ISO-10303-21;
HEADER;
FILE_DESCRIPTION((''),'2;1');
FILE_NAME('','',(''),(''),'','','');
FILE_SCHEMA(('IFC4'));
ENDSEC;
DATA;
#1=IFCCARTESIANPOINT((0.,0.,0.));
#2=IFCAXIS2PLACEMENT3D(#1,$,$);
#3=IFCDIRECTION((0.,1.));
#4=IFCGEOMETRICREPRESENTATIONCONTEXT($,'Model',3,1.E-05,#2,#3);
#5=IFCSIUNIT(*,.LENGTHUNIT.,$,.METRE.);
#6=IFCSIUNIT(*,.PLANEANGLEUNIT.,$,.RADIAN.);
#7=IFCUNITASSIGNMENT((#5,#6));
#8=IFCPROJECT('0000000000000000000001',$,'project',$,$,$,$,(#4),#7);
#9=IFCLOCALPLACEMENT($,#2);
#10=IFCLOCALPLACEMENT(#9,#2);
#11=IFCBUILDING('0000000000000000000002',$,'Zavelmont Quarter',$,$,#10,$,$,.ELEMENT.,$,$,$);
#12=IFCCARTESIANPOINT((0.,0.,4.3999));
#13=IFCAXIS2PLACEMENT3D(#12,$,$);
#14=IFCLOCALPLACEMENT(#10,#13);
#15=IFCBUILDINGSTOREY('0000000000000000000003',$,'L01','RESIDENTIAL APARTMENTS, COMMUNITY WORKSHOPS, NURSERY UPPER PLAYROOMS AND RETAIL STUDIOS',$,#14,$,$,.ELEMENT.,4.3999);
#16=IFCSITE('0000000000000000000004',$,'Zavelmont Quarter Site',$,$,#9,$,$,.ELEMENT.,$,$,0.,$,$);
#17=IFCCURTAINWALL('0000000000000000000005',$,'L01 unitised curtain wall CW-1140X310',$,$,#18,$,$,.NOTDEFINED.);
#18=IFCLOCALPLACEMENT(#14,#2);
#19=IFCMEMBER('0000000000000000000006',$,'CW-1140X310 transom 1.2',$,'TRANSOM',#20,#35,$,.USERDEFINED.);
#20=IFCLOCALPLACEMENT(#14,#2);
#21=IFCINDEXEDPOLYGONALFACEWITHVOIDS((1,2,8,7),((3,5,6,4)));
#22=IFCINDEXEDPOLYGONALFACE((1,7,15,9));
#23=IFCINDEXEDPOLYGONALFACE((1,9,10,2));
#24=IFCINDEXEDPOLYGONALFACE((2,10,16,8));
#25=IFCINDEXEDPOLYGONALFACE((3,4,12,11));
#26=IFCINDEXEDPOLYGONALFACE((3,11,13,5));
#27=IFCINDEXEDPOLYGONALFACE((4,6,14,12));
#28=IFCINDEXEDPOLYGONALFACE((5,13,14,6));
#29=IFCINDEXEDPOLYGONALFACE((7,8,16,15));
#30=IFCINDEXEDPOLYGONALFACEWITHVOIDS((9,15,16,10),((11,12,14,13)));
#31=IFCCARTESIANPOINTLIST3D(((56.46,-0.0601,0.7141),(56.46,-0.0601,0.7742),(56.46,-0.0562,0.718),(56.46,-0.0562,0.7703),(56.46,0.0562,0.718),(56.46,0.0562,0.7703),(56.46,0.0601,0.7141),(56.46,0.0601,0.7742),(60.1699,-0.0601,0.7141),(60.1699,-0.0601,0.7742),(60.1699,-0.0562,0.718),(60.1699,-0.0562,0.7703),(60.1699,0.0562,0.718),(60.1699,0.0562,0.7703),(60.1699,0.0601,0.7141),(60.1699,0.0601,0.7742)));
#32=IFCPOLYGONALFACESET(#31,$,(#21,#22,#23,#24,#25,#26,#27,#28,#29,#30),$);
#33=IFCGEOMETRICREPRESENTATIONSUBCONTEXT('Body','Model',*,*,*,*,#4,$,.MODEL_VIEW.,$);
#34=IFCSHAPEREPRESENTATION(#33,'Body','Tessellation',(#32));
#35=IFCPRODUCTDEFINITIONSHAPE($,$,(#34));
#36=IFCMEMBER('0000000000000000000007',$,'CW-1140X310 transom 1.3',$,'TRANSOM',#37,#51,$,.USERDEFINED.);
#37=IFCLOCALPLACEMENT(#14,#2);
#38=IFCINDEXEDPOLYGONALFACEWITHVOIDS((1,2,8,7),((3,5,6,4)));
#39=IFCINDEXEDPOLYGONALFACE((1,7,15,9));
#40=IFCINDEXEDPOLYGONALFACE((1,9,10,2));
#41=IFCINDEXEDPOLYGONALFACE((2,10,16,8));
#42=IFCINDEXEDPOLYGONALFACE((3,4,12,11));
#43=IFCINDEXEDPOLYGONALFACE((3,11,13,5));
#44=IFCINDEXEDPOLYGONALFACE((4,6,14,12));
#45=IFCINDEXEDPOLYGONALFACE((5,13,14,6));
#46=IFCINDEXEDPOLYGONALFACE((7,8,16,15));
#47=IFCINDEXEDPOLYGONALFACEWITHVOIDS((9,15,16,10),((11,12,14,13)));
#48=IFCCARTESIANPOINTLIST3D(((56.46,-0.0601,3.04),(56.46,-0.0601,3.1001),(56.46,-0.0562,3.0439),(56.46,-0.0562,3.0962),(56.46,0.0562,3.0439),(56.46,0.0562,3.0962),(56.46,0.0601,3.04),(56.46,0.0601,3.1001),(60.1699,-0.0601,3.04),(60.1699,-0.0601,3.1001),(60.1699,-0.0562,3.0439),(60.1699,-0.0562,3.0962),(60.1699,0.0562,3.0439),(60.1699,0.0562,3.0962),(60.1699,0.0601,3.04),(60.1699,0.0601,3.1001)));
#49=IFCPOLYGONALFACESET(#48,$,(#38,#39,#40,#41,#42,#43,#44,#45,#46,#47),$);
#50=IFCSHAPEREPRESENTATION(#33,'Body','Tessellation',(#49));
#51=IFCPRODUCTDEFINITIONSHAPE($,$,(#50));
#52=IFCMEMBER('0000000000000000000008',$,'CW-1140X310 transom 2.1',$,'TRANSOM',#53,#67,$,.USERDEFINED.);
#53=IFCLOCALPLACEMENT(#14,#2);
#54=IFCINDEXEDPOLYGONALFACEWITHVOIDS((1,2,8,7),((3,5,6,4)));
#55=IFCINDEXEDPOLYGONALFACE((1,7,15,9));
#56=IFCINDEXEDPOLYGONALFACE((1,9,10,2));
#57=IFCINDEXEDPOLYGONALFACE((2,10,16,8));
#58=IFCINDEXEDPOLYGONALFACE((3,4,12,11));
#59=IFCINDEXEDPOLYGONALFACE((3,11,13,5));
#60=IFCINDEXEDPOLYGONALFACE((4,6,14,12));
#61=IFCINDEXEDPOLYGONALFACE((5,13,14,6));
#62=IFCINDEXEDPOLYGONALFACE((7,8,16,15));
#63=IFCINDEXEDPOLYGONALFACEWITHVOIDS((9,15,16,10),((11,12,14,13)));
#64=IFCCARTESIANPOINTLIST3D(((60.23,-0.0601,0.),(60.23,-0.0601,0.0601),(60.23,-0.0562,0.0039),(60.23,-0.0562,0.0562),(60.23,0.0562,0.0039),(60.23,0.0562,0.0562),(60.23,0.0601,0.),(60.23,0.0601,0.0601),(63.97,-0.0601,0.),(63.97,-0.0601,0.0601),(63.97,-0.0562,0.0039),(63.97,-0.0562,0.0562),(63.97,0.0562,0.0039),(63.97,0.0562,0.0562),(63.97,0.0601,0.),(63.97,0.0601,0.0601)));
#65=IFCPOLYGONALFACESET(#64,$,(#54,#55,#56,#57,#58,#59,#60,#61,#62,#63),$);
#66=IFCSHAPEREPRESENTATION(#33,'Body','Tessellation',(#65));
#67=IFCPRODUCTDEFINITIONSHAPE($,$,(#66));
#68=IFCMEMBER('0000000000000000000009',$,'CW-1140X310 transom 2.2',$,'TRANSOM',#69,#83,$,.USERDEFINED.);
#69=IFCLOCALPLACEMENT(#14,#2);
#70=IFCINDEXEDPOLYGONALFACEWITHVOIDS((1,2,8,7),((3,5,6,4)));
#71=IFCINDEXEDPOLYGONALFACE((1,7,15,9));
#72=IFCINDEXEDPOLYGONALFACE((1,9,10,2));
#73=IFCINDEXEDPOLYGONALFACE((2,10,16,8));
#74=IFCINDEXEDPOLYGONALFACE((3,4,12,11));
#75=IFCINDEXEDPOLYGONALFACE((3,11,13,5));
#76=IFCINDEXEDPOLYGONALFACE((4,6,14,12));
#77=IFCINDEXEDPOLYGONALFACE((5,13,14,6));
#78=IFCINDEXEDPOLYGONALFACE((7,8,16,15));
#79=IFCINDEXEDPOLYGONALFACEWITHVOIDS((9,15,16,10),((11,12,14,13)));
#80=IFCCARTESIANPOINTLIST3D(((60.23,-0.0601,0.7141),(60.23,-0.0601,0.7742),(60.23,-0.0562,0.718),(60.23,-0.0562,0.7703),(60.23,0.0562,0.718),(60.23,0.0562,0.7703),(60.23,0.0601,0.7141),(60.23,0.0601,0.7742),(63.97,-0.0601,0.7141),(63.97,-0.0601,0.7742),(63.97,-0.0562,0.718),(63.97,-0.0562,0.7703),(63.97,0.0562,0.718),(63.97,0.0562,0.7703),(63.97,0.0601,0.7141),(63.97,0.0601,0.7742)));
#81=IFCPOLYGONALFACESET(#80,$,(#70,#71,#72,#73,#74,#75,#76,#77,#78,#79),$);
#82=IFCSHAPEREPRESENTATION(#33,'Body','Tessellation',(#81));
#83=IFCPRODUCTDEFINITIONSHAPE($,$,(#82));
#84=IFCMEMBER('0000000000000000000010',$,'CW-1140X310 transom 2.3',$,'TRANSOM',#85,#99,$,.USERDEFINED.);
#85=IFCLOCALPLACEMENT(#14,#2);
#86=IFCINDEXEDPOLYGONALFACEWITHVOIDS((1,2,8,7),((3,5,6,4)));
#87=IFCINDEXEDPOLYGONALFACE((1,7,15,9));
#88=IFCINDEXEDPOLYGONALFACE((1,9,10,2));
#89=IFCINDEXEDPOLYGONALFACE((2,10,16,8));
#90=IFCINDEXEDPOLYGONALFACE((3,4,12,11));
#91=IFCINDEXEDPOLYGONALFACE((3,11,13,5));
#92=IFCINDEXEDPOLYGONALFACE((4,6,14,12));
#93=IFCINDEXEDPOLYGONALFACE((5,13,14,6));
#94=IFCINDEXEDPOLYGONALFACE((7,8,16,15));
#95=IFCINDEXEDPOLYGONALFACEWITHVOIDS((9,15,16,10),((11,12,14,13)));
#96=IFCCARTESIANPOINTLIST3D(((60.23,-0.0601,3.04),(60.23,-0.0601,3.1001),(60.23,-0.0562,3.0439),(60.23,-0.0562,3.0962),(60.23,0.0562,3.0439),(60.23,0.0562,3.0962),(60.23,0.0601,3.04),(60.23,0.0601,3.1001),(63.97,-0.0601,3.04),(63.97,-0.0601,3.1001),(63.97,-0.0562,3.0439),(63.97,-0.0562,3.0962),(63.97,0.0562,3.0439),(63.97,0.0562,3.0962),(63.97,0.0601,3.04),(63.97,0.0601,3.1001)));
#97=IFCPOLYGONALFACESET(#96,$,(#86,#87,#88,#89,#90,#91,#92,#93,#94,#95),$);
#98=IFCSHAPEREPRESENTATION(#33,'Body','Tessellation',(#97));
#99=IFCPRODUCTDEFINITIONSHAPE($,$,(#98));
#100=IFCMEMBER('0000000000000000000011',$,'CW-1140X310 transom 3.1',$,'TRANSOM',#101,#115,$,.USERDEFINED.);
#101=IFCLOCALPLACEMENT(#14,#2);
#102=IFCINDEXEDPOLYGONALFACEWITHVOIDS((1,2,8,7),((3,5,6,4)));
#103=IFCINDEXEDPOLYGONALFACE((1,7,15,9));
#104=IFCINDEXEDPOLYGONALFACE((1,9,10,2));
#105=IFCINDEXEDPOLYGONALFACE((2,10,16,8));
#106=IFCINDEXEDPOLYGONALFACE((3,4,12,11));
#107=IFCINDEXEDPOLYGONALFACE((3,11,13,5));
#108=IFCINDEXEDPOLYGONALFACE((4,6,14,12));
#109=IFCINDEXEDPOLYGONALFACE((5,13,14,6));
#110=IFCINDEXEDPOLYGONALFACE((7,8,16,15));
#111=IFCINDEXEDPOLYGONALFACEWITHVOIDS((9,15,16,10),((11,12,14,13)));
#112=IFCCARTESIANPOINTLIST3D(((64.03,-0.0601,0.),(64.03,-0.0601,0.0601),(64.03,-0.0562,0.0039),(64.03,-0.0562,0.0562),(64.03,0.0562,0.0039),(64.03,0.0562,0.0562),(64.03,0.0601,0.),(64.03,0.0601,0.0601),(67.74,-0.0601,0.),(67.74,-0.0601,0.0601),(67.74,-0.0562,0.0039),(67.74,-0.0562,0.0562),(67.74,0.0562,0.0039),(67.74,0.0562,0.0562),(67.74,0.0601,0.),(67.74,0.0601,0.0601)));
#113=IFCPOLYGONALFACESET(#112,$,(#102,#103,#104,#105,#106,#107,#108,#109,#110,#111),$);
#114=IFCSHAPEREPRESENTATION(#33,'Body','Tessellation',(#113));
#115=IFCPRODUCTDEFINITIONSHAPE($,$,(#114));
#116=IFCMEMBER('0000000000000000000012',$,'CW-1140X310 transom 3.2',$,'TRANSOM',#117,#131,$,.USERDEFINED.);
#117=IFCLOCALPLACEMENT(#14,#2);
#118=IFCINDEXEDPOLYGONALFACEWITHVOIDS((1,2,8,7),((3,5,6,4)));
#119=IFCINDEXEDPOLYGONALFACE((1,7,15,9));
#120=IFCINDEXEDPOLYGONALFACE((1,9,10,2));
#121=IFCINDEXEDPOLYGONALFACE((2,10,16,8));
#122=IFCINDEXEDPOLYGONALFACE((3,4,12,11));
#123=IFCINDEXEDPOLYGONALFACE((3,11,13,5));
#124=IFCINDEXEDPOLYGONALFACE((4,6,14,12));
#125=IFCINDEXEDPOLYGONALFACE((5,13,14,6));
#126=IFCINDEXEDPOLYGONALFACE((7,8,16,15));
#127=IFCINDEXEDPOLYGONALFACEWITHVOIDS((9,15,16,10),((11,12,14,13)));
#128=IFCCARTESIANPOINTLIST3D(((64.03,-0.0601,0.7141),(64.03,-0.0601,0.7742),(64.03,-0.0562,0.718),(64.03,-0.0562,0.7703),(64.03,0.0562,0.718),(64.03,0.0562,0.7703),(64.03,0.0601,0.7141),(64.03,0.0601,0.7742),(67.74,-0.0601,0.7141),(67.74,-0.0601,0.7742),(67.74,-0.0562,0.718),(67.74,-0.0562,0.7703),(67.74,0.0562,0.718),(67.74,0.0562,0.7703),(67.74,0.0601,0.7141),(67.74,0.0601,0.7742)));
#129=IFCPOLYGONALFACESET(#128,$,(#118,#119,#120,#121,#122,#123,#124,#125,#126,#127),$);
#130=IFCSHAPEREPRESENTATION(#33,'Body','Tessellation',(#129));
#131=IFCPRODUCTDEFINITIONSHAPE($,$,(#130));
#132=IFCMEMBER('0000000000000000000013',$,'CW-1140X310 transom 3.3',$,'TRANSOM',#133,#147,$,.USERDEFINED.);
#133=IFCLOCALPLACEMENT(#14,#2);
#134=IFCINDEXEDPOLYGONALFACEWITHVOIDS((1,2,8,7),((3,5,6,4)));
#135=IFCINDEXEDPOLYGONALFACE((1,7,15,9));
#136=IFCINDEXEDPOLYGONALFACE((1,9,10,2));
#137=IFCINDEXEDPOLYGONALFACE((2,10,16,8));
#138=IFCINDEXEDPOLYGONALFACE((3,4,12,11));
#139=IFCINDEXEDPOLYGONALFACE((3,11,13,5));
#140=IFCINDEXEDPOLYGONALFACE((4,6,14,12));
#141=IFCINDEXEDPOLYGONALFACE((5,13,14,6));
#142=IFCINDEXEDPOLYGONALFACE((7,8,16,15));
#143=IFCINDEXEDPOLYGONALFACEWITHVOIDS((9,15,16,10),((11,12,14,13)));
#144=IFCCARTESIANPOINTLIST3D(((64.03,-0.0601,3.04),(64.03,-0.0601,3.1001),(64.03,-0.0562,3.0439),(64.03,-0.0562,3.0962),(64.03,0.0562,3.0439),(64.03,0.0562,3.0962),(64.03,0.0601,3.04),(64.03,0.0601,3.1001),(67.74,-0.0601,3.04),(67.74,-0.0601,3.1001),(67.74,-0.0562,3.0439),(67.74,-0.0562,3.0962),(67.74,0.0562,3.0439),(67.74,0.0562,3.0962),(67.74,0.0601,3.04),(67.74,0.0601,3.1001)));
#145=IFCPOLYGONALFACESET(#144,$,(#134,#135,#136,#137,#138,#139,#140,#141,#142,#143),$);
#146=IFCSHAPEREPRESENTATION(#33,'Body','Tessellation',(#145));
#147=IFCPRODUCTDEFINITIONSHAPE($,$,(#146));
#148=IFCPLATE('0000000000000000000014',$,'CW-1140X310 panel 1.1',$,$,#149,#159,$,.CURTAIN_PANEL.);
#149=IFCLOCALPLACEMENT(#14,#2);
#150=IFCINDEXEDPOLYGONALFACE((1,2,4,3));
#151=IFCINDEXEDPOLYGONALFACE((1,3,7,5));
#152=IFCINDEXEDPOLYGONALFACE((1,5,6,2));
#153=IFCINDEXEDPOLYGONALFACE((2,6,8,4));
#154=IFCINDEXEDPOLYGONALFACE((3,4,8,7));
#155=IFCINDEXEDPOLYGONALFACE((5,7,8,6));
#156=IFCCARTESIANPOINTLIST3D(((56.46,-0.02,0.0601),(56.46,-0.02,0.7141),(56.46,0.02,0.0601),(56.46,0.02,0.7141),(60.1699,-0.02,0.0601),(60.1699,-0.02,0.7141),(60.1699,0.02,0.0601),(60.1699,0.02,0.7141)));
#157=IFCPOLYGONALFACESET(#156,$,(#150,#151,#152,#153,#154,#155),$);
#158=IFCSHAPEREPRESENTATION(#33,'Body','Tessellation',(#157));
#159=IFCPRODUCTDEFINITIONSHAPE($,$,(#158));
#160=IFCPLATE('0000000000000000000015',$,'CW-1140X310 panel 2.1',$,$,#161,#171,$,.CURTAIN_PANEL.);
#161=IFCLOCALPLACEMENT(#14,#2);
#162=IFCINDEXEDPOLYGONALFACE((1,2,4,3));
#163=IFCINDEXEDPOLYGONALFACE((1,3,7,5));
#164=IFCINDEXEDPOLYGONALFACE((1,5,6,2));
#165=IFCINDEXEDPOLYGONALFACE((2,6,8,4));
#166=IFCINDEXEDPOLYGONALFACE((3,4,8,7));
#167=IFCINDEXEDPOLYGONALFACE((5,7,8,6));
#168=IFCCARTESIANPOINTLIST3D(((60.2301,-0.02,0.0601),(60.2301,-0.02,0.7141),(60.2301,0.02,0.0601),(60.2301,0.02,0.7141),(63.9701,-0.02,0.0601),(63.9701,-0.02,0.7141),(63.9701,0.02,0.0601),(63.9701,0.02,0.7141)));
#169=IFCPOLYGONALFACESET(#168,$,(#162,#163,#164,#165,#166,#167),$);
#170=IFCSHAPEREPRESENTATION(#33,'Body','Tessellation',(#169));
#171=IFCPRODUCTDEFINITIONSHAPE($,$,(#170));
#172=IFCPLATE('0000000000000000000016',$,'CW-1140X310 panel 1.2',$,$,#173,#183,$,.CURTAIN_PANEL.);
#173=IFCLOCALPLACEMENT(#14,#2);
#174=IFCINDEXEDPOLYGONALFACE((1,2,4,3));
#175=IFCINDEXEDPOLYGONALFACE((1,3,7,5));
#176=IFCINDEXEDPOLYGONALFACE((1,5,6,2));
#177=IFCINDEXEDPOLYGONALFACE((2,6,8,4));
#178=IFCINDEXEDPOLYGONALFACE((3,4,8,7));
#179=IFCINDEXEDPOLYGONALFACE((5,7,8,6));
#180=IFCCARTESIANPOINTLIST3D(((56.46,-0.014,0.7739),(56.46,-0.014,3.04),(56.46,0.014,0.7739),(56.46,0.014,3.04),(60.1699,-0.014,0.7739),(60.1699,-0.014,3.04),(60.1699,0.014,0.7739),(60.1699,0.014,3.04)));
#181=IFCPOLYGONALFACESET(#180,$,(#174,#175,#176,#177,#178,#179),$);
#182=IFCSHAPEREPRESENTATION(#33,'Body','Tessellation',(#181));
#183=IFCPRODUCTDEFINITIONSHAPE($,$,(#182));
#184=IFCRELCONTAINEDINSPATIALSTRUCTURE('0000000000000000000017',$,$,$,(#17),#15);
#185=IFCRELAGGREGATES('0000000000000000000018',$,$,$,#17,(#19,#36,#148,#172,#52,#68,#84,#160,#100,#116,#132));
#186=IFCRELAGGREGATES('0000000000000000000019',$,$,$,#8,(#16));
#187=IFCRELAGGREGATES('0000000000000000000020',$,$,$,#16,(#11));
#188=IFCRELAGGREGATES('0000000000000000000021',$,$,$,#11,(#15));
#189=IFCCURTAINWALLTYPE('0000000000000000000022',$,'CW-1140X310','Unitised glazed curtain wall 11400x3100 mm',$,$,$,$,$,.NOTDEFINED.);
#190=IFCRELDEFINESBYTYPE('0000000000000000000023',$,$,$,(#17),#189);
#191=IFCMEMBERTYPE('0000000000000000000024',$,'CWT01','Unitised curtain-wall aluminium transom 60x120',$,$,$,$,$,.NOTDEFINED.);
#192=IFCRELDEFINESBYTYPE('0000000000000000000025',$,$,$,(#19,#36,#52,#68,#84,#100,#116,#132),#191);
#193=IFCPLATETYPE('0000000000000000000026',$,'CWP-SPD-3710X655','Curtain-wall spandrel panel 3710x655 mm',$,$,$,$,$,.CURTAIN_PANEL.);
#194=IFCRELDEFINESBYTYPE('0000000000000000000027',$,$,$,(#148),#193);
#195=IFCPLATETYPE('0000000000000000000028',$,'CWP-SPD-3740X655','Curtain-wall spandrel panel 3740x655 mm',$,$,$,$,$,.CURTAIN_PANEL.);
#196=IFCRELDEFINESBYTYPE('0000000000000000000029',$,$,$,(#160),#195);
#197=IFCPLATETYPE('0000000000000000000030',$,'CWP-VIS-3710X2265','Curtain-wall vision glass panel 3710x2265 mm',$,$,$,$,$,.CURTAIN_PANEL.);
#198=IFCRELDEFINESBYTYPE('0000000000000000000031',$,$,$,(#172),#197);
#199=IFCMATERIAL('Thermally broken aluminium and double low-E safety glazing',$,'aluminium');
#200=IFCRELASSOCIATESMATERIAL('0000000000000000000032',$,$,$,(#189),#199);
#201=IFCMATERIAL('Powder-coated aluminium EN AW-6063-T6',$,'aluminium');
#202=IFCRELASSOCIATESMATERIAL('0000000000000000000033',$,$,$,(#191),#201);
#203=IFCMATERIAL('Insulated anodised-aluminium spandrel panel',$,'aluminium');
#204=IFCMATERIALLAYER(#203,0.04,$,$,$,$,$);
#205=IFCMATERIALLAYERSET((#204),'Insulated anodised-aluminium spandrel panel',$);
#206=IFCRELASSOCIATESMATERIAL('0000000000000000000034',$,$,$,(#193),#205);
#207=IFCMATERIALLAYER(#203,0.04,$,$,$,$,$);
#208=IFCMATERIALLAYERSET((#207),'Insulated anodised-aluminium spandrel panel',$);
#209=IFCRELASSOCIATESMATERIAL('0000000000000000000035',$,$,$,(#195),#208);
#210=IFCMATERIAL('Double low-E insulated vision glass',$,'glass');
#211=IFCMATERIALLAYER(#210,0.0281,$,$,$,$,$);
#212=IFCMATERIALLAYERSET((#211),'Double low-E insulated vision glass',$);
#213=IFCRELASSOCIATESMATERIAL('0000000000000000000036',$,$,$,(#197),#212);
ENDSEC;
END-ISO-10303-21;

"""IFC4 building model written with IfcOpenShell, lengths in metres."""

from ifc_helpers import new_model, si_unit, direction, frame, origin, origin_2d, place, context, subcontext, project, spatial, rectangle, hollow_rectangle, extrude, material, layer, layer_set, material_profile, profile_set, type_object, element, aggregate, save


model = new_model("IFC4")

# Units and contexts
model_context = context("Model", 3, precision=1e-05, world=origin(), true_north=direction((0.0, 1.0)))
body_context = subcontext(model_context, "Body", "Model", "MODEL_VIEW")
ifc_project = project(units=[si_unit("LENGTHUNIT", "METRE"), si_unit("PLANEANGLEUNIT", "RADIAN")], contexts=[model_context])

# Site, building, storey
site_placement = place(None, origin())
site = spatial("IfcSite", under=ifc_project, at=site_placement, Name="Zavelmont Quarter Site", CompositionType="ELEMENT", RefElevation=0.0)
building_placement = place(site_placement, origin())
building = spatial("IfcBuilding", under=site, at=building_placement, Name="Zavelmont Quarter", CompositionType="ELEMENT")
storey_placement = place(building_placement, frame((0.0, 0.0, 4.3999)))
storey = spatial("IfcBuildingStorey", under=building, at=storey_placement, Name="L01", Description="RESIDENTIAL APARTMENTS, COMMUNITY WORKSHOPS, NURSERY UPPER PLAYROOMS AND RETAIL STUDIOS", CompositionType="ELEMENT", Elevation=4.3999)

# Curtain wall, members, plates
ifc_material_1 = material(Name="Thermally broken aluminium and double low-E safety glazing", Category="aluminium")
curtain_wall_type = type_object("IfcCurtainWallType", Name="CW-1140X310", Description="Unitised glazed curtain wall 11400x3100 mm", PredefinedType="NOTDEFINED", material=ifc_material_1)
curtain_wall_placement = place(storey_placement, origin())
curtain_wall = element("IfcCurtainWall", 1, at=curtain_wall_placement, inside=storey, type_object=curtain_wall_type, Name="L01 unitised curtain wall CW-1140X310", PredefinedType="NOTDEFINED")
ifc_material_2 = material(Name="Powder-coated aluminium EN AW-6063-T6", Category="aluminium")
ifc_material_profile_1 = material_profile(ifc_material_2, hollow_rectangle(XDim=0.1201, YDim=0.0601, WallThickness=0.0039, at=origin_2d()), Name="CWT60X120")
ifc_profile_set_1 = profile_set([ifc_material_profile_1], Name="Powder-coated aluminium EN AW-6063-T6")
member_type_1 = type_object("IfcMemberType", Name="CWT01", Description="Unitised curtain-wall aluminium transom 60x120", PredefinedType="NOTDEFINED", material=ifc_profile_set_1)
member_1_placement = place(storey_placement, frame((56.46, 0.0, 0.7441), z_axis=(1.0, 0.0, 0.0), x_axis=(0.0, 1.0, 0.0)))
member_1 = element("IfcMember", 2, at=member_1_placement, type_object=member_type_1, Name="CW-1140X310 transom 1.2", ObjectType="TRANSOM", PredefinedType="USERDEFINED", context=body_context, shape_type="SweptSolid", body=[
    extrude(hollow_rectangle(XDim=0.1201, YDim=0.0601, WallThickness=0.0039, at=origin_2d()), origin(), (0.0, 0.0, 1.0), 3.71),
])
member_2_placement = place(storey_placement, frame((56.46, 0.0, 3.0701), z_axis=(1.0, 0.0, 0.0), x_axis=(0.0, 1.0, 0.0)))
member_2 = element("IfcMember", 3, at=member_2_placement, type_object=member_type_1, Name="CW-1140X310 transom 1.3", ObjectType="TRANSOM", PredefinedType="USERDEFINED", context=body_context, shape_type="SweptSolid", body=[
    extrude(hollow_rectangle(XDim=0.1201, YDim=0.0601, WallThickness=0.0039, at=origin_2d()), origin(), (0.0, 0.0, 1.0), 3.71),
])
member_3_placement = place(storey_placement, frame((60.23, 0.0, 0.03), z_axis=(1.0, 0.0, 0.0), x_axis=(0.0, 1.0, 0.0)))
member_3 = element("IfcMember", 4, at=member_3_placement, type_object=member_type_1, Name="CW-1140X310 transom 2.1", ObjectType="TRANSOM", PredefinedType="USERDEFINED", context=body_context, shape_type="SweptSolid", body=[
    extrude(hollow_rectangle(XDim=0.1201, YDim=0.0601, WallThickness=0.0039, at=origin_2d()), origin(), (0.0, 0.0, 1.0), 3.74),
])
member_4_placement = place(storey_placement, frame((60.23, 0.0, 0.7441), z_axis=(1.0, 0.0, 0.0), x_axis=(0.0, 1.0, 0.0)))
member_4 = element("IfcMember", 5, at=member_4_placement, type_object=member_type_1, Name="CW-1140X310 transom 2.2", ObjectType="TRANSOM", PredefinedType="USERDEFINED", context=body_context, shape_type="SweptSolid", body=[
    extrude(hollow_rectangle(XDim=0.1201, YDim=0.0601, WallThickness=0.0039, at=origin_2d()), origin(), (0.0, 0.0, 1.0), 3.74),
])
member_5_placement = place(storey_placement, frame((60.23, 0.0, 3.0701), z_axis=(1.0, 0.0, 0.0), x_axis=(0.0, 1.0, 0.0)))
member_5 = element("IfcMember", 6, at=member_5_placement, type_object=member_type_1, Name="CW-1140X310 transom 2.3", ObjectType="TRANSOM", PredefinedType="USERDEFINED", context=body_context, shape_type="SweptSolid", body=[
    extrude(hollow_rectangle(XDim=0.1201, YDim=0.0601, WallThickness=0.0039, at=origin_2d()), origin(), (0.0, 0.0, 1.0), 3.74),
])
member_6_placement = place(storey_placement, frame((64.03, 0.0, 0.03), z_axis=(1.0, 0.0, 0.0), x_axis=(0.0, 1.0, 0.0)))
member_6 = element("IfcMember", 7, at=member_6_placement, type_object=member_type_1, Name="CW-1140X310 transom 3.1", ObjectType="TRANSOM", PredefinedType="USERDEFINED", context=body_context, shape_type="SweptSolid", body=[
    extrude(hollow_rectangle(XDim=0.1201, YDim=0.0601, WallThickness=0.0039, at=origin_2d()), origin(), (0.0, 0.0, 1.0), 3.71),
])
member_7_placement = place(storey_placement, frame((64.03, 0.0, 0.7441), z_axis=(1.0, 0.0, 0.0), x_axis=(0.0, 1.0, 0.0)))
member_7 = element("IfcMember", 8, at=member_7_placement, type_object=member_type_1, Name="CW-1140X310 transom 3.2", ObjectType="TRANSOM", PredefinedType="USERDEFINED", context=body_context, shape_type="SweptSolid", body=[
    extrude(hollow_rectangle(XDim=0.1201, YDim=0.0601, WallThickness=0.0039, at=origin_2d()), origin(), (0.0, 0.0, 1.0), 3.71),
])
member_8_placement = place(storey_placement, frame((64.03, 0.0, 3.0701), z_axis=(1.0, 0.0, 0.0), x_axis=(0.0, 1.0, 0.0)))
member_8 = element("IfcMember", 9, at=member_8_placement, type_object=member_type_1, Name="CW-1140X310 transom 3.3", ObjectType="TRANSOM", PredefinedType="USERDEFINED", context=body_context, shape_type="SweptSolid", body=[
    extrude(hollow_rectangle(XDim=0.1201, YDim=0.0601, WallThickness=0.0039, at=origin_2d()), origin(), (0.0, 0.0, 1.0), 3.71),
])
ifc_material_3 = material(Name="Insulated anodised-aluminium spandrel panel", Category="aluminium")
ifc_layer_1 = layer(ifc_material_3, 0.04)
ifc_layer_set_1 = layer_set([ifc_layer_1], Name="Insulated anodised-aluminium spandrel panel")
plate_type_1 = type_object("IfcPlateType", Name="CWP-SPD-3710X655", Description="Curtain-wall spandrel panel 3710x655 mm", PredefinedType="CURTAIN_PANEL", material=ifc_layer_set_1)
plate_1_placement = place(storey_placement, frame((58.3149, 0.0, 0.0601), z_axis=(0.0, 0.0, 1.0), x_axis=(1.0, 0.0, 0.0)))
plate_1 = element("IfcPlate", 10, at=plate_1_placement, type_object=plate_type_1, Name="CW-1140X310 panel 1.1", PredefinedType="CURTAIN_PANEL", context=body_context, shape_type="SweptSolid", body=[
    extrude(rectangle(XDim=3.71, YDim=0.04, at=origin_2d()), origin(), (0.0, 0.0, 1.0), 0.6541),
])
ifc_layer_2 = layer(ifc_material_3, 0.04)
ifc_layer_set_2 = layer_set([ifc_layer_2], Name="Insulated anodised-aluminium spandrel panel")
plate_type_2 = type_object("IfcPlateType", Name="CWP-SPD-3740X655", Description="Curtain-wall spandrel panel 3740x655 mm", PredefinedType="CURTAIN_PANEL", material=ifc_layer_set_2)
plate_2_placement = place(storey_placement, frame((62.1001, 0.0, 0.0601), z_axis=(0.0, 0.0, 1.0), x_axis=(1.0, 0.0, 0.0)))
plate_2 = element("IfcPlate", 11, at=plate_2_placement, type_object=plate_type_2, Name="CW-1140X310 panel 2.1", PredefinedType="CURTAIN_PANEL", context=body_context, shape_type="SweptSolid", body=[
    extrude(rectangle(XDim=3.74, YDim=0.04, at=origin_2d()), origin(), (0.0, 0.0, 1.0), 0.6541),
])
ifc_material_4 = material(Name="Double low-E insulated vision glass", Category="glass")
ifc_layer_3 = layer(ifc_material_4, 0.0281)
ifc_layer_set_3 = layer_set([ifc_layer_3], Name="Double low-E insulated vision glass")
plate_type_3 = type_object("IfcPlateType", Name="CWP-VIS-3710X2265", Description="Curtain-wall vision glass panel 3710x2265 mm", PredefinedType="CURTAIN_PANEL", material=ifc_layer_set_3)
plate_3_placement = place(storey_placement, frame((58.3149, 0.0, 0.7739), z_axis=(0.0, 0.0, 1.0), x_axis=(1.0, 0.0, 0.0)))
plate_3 = element("IfcPlate", 12, at=plate_3_placement, type_object=plate_type_3, Name="CW-1140X310 panel 1.2", PredefinedType="CURTAIN_PANEL", context=body_context, shape_type="SweptSolid", body=[
    extrude(rectangle(XDim=3.71, YDim=0.0281, at=origin_2d()), origin(), (0.0, 0.0, 1.0), 2.2661),
])
aggregate(curtain_wall, [member_1, member_2, plate_1, plate_3, member_3, member_4, member_5, plate_2, member_6, member_7, member_8])

save(model, "model.ifc")
